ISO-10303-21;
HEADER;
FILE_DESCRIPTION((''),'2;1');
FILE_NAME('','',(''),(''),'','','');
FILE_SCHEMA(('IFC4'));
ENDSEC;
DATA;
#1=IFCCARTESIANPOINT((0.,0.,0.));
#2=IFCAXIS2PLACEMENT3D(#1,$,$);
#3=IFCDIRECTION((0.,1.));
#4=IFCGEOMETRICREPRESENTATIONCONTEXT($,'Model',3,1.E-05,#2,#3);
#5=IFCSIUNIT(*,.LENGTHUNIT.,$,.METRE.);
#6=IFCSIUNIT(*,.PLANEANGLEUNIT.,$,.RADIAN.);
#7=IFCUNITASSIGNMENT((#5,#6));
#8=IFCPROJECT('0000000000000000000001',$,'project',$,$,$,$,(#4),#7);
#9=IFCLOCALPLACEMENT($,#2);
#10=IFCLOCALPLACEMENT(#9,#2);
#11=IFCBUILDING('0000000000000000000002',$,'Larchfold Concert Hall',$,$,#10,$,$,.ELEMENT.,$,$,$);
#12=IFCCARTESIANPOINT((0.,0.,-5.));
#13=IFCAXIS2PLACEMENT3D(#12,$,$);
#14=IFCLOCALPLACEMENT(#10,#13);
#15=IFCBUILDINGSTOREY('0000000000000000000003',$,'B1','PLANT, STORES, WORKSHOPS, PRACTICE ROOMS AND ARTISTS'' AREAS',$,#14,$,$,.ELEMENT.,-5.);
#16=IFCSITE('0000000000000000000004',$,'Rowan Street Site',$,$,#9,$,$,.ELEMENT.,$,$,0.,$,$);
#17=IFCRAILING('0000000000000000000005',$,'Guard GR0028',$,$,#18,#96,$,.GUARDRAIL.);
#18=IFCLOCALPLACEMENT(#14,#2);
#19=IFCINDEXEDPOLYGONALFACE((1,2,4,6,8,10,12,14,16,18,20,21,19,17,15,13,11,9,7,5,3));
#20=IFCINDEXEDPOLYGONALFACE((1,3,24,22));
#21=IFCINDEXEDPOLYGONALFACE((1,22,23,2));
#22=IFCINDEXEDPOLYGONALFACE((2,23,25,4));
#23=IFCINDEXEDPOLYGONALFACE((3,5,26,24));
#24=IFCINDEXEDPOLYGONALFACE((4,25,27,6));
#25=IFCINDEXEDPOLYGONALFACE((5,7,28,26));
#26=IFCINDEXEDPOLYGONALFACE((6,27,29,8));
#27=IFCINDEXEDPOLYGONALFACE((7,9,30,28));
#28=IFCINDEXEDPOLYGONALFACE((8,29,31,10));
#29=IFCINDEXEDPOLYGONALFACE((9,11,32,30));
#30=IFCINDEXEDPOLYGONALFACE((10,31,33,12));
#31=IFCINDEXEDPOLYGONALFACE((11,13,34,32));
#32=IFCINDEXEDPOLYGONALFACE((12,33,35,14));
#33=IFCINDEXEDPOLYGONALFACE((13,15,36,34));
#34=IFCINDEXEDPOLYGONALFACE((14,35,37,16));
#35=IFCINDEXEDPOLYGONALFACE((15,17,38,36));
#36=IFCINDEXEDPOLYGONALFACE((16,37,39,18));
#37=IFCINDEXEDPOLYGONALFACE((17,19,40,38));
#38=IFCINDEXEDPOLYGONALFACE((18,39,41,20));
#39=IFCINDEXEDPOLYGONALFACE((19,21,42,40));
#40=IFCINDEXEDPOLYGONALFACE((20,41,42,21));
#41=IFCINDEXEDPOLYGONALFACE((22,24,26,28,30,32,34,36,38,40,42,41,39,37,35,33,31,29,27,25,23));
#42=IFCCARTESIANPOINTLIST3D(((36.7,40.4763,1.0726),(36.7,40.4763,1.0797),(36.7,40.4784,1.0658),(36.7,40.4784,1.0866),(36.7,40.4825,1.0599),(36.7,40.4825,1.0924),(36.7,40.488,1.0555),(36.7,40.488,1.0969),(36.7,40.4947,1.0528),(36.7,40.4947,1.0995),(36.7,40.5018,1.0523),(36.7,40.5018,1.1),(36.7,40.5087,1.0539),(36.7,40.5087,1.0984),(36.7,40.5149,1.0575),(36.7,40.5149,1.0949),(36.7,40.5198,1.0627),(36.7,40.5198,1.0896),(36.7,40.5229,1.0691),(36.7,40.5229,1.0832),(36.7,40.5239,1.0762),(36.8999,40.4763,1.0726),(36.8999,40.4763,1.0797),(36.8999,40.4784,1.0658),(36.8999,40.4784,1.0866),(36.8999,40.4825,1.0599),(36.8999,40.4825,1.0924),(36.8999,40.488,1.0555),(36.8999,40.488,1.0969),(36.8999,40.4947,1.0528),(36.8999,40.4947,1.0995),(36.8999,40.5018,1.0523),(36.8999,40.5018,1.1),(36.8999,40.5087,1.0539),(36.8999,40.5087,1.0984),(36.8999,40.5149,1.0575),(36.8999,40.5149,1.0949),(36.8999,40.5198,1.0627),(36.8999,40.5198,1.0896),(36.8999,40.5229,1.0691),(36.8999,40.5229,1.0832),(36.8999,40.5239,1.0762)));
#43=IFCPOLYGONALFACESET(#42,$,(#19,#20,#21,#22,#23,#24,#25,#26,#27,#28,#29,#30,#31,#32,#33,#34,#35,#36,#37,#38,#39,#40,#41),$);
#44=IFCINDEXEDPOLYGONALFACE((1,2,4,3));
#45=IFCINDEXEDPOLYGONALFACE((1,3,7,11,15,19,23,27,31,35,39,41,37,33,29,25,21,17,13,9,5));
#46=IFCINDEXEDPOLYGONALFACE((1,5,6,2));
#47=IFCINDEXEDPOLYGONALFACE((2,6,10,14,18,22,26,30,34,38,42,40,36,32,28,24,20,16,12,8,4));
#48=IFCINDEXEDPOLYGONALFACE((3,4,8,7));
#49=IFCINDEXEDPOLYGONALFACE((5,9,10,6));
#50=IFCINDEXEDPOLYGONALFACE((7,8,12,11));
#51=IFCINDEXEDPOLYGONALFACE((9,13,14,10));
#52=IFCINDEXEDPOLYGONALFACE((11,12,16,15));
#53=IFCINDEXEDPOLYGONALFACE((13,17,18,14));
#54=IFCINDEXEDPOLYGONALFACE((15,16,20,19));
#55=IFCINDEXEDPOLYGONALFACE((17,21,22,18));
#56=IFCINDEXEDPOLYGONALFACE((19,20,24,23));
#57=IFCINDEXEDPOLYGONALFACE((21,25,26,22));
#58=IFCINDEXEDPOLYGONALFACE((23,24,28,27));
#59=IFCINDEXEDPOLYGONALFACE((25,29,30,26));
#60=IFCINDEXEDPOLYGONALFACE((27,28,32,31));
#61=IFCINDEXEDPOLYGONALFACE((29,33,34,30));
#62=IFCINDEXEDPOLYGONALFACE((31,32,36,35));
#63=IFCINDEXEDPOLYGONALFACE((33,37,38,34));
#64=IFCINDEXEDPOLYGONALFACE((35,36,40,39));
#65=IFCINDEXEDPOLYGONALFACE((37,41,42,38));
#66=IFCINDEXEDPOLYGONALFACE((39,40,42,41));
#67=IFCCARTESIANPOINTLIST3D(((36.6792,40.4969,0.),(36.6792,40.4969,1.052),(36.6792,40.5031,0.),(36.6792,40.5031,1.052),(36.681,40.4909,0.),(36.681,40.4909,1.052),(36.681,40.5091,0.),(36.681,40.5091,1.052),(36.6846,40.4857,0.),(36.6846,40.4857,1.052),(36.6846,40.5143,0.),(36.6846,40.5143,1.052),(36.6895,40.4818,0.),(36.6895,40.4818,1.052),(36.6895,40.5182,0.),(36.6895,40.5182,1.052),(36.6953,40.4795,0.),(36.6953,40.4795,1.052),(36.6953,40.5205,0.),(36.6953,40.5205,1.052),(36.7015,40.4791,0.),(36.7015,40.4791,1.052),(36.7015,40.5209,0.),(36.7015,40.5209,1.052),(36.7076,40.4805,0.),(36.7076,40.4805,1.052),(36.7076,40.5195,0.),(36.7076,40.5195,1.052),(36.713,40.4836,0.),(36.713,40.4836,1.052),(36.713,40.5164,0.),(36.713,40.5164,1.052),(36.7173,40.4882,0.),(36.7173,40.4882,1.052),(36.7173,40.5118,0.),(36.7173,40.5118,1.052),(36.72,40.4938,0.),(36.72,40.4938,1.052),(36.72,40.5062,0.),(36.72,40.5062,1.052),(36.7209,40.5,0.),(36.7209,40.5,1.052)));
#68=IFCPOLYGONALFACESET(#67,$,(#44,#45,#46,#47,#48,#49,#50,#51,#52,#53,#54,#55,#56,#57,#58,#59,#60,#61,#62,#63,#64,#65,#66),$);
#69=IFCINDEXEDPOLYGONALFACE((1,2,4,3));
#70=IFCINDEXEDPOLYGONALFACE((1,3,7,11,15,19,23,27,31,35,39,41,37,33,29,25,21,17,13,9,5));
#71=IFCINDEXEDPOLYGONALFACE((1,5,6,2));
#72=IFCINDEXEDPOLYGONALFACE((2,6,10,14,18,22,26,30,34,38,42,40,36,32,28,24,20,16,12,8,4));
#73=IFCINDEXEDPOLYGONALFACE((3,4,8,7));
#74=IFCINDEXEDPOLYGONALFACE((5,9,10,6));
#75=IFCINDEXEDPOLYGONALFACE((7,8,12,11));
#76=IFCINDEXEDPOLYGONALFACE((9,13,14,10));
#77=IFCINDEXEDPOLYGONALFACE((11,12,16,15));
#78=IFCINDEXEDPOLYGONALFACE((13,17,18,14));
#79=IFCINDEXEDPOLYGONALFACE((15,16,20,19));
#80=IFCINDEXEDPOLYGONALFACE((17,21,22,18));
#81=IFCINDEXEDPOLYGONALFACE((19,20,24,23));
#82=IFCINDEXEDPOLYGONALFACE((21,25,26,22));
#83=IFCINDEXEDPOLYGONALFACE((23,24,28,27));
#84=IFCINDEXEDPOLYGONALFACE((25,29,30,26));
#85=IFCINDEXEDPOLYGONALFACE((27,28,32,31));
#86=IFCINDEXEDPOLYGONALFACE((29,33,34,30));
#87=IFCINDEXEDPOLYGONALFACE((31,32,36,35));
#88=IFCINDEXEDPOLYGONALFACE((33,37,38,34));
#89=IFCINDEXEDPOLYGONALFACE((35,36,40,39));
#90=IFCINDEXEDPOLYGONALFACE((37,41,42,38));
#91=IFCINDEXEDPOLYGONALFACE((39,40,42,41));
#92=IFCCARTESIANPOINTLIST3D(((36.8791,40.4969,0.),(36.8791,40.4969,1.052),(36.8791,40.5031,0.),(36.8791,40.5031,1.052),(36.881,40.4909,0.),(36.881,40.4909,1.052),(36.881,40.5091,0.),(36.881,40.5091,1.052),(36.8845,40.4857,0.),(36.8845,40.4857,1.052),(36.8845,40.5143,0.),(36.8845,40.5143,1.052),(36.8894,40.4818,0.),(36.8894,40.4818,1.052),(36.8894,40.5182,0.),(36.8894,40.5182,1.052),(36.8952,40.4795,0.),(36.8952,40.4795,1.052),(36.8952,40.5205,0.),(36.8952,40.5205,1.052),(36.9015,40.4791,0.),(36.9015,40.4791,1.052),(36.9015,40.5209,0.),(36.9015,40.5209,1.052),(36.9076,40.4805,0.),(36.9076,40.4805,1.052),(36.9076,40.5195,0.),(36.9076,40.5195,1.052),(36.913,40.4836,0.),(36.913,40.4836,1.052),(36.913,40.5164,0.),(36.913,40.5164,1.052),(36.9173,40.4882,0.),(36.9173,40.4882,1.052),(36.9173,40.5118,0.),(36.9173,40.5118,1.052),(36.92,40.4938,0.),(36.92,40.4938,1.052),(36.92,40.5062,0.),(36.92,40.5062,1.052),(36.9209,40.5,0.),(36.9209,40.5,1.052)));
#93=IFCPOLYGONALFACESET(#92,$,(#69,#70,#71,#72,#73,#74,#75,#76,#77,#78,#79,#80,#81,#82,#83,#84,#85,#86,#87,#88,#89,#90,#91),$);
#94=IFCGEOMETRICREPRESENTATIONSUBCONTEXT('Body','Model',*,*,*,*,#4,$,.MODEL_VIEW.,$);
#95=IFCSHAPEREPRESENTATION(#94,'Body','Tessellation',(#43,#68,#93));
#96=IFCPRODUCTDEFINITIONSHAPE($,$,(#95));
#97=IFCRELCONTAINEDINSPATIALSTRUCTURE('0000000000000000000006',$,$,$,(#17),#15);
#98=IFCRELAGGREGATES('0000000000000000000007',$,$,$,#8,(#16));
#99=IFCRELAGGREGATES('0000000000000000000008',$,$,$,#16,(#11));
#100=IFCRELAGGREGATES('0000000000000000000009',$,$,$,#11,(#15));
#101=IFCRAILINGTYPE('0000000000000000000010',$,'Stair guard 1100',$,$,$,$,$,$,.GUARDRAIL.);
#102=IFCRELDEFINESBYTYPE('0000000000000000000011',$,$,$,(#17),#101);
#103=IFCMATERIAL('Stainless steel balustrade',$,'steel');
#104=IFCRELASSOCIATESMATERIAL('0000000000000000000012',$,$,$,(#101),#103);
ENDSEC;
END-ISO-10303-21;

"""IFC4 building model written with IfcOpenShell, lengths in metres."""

from ifc_helpers import new_model, si_unit, direction, frame, origin, origin_2d, place, context, subcontext, project, spatial, circle, extrude, material, type_object, element, save


model = new_model("IFC4")

# Units and contexts
model_context = context("Model", 3, precision=1e-05, world=origin(), true_north=direction((0.0, 1.0)))
body_context = subcontext(model_context, "Body", "Model", "MODEL_VIEW")
ifc_project = project(units=[si_unit("LENGTHUNIT", "METRE"), si_unit("PLANEANGLEUNIT", "RADIAN")], contexts=[model_context])

# Site, building, storey
site_placement = place(None, origin())
site = spatial("IfcSite", under=ifc_project, at=site_placement, Name="Rowan Street Site", CompositionType="ELEMENT", RefElevation=0.0)
building_placement = place(site_placement, origin())
building = spatial("IfcBuilding", under=site, at=building_placement, Name="Larchfold Concert Hall", CompositionType="ELEMENT")
storey_placement = place(building_placement, frame((0.0, 0.0, -5.0)))
storey = spatial("IfcBuildingStorey", under=building, at=storey_placement, Name="B1", Description="PLANT, STORES, WORKSHOPS, PRACTICE ROOMS AND ARTISTS' AREAS", CompositionType="ELEMENT", Elevation=-5.0)

# Railing
ifc_material_1 = material(Name="Stainless steel balustrade", Category="steel")
railing_type_1 = type_object("IfcRailingType", Name="Stair guard 1100", PredefinedType="GUARDRAIL", material=ifc_material_1)
railing_1_placement = place(storey_placement, frame((36.7, 40.5, 0.0)))
element("IfcRailing", 1, at=railing_1_placement, inside=storey, type_object=railing_type_1, Name="Guard GR0028", PredefinedType="GUARDRAIL", context=body_context, shape_type="SweptSolid", body=[
    extrude(circle(Radius=0.0239, at=origin_2d()), frame((0.0, 0.0, 1.0762), z_axis=(1.0, 0.0, 0.0), x_axis=(0.0, 1.0, 0.0)), (0.0, 0.0, 1.0), 0.2),
    extrude(circle(Radius=0.021, at=origin_2d()), origin(), (0.0, 0.0, 1.0), 1.052),
    extrude(circle(Radius=0.021, at=origin_2d()), frame((0.2, 0.0, 0.0)), (0.0, 0.0, 1.0), 1.052),
])

save(model, "model.ifc")
